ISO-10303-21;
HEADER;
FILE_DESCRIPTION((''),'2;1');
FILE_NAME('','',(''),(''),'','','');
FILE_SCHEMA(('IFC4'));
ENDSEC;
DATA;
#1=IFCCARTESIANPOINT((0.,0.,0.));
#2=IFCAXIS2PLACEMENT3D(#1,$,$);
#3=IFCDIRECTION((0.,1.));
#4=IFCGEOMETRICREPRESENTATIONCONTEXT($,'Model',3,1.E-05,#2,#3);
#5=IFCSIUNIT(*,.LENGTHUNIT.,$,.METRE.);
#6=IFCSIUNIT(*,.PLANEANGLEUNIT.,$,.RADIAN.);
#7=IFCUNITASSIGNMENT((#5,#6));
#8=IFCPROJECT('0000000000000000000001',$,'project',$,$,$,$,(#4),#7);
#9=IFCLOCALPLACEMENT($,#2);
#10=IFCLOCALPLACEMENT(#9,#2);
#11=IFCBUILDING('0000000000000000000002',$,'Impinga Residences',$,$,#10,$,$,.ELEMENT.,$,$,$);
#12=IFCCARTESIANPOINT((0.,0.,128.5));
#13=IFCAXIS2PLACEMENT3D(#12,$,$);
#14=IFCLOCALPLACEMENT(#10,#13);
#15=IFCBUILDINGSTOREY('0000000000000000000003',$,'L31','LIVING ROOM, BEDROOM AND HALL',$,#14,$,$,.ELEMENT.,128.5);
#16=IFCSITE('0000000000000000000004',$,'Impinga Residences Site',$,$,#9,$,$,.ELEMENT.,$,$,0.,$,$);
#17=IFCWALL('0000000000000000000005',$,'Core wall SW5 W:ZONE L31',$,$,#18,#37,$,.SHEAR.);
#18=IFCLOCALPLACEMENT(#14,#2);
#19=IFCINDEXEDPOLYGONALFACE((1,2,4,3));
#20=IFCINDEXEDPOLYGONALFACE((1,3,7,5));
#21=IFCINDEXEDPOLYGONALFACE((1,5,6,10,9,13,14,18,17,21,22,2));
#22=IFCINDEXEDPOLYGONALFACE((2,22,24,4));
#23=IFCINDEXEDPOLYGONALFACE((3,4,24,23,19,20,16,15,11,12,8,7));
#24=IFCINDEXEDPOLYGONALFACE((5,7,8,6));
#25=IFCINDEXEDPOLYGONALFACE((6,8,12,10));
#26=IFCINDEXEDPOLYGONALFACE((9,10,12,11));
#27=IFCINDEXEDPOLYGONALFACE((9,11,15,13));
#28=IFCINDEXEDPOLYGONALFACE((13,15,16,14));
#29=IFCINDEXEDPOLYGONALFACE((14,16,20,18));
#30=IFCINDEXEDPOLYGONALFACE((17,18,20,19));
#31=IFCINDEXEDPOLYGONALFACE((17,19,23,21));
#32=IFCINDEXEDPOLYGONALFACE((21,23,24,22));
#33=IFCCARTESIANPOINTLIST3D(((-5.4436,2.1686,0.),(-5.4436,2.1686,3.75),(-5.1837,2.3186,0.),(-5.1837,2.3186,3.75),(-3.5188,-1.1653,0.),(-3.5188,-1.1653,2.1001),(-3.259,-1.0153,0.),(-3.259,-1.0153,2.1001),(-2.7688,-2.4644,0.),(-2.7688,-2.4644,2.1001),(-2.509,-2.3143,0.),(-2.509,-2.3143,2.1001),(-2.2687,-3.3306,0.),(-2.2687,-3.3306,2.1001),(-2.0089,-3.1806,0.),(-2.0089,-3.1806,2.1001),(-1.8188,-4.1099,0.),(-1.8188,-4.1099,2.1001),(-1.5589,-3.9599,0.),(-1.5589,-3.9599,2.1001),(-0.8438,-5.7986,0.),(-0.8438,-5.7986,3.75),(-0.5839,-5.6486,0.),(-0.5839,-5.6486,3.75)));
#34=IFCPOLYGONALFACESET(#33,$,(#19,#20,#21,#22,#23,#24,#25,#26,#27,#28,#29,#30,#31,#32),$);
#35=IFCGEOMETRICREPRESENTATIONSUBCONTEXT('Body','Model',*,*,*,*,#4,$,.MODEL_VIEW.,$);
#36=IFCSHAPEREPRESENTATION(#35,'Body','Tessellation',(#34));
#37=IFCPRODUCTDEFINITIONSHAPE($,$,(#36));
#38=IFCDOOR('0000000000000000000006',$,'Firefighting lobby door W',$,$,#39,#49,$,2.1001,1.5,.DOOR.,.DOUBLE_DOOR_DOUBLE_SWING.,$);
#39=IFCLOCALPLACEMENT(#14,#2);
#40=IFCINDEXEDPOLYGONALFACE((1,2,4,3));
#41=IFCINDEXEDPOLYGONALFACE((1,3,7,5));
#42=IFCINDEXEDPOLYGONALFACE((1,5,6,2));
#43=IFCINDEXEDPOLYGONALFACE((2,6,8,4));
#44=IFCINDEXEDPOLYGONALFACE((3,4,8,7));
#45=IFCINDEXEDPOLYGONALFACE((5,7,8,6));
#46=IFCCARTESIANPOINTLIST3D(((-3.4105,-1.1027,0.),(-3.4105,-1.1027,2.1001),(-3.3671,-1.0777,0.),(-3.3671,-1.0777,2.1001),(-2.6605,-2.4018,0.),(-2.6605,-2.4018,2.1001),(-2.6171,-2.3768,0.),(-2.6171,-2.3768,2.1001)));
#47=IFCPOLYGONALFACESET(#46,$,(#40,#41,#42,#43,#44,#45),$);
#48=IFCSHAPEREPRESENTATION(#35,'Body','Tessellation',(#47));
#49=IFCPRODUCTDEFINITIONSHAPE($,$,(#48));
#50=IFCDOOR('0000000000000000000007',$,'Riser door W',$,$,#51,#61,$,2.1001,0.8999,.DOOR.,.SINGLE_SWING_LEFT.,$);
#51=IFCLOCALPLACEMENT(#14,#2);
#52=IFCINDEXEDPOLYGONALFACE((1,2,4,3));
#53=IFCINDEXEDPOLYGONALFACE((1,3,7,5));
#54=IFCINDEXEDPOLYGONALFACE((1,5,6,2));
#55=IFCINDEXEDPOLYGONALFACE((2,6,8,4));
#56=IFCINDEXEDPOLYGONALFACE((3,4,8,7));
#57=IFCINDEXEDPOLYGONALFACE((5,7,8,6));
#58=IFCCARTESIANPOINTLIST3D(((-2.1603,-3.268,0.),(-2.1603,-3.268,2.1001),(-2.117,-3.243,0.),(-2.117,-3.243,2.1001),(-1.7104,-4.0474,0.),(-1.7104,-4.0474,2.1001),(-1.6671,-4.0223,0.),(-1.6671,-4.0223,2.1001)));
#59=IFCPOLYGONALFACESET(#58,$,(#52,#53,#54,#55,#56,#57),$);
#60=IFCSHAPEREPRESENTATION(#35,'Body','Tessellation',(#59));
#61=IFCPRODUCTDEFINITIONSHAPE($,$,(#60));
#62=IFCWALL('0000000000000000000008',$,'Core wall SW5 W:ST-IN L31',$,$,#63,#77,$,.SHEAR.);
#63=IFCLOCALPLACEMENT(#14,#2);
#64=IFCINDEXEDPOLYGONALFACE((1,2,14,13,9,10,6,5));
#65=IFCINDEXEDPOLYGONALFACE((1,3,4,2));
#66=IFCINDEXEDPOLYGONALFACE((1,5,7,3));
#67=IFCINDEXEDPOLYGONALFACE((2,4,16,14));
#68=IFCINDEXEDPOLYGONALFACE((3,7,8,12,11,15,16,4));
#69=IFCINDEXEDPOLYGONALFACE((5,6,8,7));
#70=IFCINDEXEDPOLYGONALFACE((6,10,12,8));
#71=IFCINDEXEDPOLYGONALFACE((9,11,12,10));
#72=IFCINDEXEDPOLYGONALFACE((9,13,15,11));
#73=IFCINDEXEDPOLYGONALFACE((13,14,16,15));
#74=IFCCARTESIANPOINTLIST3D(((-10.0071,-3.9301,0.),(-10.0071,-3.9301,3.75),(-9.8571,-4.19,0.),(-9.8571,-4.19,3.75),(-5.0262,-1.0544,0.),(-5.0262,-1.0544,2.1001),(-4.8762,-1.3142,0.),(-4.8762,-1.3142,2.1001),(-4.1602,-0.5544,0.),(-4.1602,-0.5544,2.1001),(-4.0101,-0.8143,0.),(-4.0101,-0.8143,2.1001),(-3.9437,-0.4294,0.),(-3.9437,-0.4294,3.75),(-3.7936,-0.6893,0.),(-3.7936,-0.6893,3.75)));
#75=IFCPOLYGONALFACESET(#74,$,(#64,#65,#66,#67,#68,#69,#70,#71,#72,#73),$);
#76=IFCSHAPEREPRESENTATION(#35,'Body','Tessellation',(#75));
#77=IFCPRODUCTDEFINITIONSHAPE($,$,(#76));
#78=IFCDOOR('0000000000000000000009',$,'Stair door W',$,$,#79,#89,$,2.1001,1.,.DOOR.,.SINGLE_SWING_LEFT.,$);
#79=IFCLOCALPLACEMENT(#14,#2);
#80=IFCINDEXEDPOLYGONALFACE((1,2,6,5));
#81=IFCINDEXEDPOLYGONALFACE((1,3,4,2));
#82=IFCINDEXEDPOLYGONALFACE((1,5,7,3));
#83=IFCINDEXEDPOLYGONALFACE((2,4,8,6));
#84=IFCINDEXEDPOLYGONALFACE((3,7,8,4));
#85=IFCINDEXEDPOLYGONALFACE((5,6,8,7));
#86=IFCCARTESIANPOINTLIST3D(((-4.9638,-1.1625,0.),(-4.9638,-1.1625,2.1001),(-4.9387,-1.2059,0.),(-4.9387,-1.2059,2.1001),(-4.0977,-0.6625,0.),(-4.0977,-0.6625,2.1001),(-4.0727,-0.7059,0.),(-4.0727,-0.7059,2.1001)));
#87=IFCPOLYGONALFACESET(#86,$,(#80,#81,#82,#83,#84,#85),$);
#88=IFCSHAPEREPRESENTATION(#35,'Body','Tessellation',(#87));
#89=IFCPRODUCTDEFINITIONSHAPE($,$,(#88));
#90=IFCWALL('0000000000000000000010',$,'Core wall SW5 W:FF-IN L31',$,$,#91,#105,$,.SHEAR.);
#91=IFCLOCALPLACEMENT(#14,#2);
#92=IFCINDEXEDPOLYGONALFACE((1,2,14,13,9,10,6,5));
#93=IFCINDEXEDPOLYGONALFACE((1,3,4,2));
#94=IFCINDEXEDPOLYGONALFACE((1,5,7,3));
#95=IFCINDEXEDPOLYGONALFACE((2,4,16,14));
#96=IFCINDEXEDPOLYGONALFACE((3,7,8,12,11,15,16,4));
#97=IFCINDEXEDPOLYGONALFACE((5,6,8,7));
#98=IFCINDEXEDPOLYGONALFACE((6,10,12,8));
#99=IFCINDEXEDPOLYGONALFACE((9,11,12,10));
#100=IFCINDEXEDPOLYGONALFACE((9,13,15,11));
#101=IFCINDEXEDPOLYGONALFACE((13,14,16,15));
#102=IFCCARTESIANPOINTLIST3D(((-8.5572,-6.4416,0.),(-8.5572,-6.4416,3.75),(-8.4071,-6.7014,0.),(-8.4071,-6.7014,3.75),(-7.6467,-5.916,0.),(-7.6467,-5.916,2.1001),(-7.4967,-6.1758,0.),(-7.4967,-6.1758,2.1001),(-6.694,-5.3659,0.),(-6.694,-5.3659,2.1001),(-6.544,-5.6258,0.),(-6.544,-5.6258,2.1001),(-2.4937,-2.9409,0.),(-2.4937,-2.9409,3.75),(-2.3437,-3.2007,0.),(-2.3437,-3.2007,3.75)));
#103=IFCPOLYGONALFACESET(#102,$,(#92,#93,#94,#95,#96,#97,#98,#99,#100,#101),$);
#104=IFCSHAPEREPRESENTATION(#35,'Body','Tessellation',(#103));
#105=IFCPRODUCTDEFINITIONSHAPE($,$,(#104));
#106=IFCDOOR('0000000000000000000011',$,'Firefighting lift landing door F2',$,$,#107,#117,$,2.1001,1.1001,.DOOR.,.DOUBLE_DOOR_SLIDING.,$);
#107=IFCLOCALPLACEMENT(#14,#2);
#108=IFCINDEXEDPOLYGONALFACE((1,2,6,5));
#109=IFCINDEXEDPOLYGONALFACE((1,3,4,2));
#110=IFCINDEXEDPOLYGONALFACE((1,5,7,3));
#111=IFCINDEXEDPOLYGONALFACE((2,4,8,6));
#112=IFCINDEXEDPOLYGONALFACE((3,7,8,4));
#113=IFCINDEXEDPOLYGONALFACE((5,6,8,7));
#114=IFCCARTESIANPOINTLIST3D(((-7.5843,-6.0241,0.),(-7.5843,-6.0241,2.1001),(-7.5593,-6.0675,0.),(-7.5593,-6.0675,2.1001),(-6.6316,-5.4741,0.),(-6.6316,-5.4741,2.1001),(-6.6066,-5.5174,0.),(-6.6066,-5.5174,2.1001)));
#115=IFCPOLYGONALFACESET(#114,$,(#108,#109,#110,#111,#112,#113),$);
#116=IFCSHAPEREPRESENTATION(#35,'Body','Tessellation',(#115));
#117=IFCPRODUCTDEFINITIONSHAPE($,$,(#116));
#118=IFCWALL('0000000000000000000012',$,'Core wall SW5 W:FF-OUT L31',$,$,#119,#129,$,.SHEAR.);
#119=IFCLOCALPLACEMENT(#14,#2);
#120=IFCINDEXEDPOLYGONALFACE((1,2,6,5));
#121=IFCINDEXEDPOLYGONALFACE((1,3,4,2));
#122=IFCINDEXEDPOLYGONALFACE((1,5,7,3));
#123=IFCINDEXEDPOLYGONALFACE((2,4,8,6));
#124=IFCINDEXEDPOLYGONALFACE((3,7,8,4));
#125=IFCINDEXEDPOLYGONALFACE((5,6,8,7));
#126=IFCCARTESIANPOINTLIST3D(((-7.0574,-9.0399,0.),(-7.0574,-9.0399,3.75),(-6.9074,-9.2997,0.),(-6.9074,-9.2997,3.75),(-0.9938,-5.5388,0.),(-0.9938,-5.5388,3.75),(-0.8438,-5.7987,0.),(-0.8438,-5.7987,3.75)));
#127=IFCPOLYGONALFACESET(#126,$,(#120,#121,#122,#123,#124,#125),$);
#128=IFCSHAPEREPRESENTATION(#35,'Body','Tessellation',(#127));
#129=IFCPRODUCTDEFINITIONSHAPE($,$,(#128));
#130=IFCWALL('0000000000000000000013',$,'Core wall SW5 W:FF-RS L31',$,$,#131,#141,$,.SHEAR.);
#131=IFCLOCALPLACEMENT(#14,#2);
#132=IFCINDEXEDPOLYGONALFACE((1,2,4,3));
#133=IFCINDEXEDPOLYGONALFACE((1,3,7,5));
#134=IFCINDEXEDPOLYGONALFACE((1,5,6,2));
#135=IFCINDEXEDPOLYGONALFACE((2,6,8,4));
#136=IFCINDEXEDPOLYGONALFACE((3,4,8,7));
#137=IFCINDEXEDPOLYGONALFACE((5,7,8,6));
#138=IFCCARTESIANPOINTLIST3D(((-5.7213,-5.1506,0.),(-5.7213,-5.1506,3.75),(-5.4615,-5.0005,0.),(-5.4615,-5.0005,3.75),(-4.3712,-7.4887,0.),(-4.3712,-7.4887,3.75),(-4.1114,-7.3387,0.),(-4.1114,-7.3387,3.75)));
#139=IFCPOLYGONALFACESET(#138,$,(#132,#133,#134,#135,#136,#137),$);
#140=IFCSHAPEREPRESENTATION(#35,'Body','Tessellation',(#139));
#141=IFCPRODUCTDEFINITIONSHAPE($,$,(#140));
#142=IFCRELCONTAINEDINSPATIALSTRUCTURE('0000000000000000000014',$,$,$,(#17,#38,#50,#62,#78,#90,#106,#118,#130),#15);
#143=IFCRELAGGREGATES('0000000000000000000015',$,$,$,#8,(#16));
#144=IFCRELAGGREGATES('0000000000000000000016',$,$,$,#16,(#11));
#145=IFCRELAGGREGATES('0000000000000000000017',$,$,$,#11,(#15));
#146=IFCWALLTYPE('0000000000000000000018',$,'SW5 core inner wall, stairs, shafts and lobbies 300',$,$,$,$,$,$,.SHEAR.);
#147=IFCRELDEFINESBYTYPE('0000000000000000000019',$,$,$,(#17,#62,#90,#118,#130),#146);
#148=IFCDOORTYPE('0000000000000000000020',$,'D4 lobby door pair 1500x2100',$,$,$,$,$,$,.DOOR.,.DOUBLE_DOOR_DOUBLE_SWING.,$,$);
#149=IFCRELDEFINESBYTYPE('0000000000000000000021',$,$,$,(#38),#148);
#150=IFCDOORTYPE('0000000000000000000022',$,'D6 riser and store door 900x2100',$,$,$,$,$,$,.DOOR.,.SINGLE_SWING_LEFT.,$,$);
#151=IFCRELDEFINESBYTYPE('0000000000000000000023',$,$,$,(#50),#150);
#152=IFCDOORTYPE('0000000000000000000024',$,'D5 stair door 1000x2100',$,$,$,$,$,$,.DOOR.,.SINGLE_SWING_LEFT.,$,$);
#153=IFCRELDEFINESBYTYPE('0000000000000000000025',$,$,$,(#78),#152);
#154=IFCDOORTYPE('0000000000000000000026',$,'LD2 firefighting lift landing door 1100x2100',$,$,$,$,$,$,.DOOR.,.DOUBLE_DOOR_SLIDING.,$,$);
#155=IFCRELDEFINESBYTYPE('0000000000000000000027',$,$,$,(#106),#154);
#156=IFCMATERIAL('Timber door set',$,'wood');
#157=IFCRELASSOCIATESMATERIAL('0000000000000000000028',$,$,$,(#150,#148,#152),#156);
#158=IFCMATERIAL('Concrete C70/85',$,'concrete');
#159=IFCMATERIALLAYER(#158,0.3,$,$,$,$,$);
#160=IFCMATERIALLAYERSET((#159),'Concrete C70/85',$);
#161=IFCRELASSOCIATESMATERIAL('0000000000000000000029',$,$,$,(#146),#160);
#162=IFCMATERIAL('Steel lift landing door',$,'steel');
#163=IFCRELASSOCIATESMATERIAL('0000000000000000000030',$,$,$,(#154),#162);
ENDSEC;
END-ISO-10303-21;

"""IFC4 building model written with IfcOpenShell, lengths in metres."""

from ifc_helpers import new_model, si_unit, direction, frame, frame_2d, origin, place, context, subcontext, project, spatial, rectangle, extrude, material, layer, layer_set, type_object, element, fill, save


model = new_model("IFC4")

# Units and contexts
model_context = context("Model", 3, precision=1e-05, world=origin(), true_north=direction((0.0, 1.0)))
body_context = subcontext(model_context, "Body", "Model", "MODEL_VIEW")
ifc_project = project(units=[si_unit("LENGTHUNIT", "METRE"), si_unit("PLANEANGLEUNIT", "RADIAN")], contexts=[model_context])

# Site, building, storey
site_placement = place(None, origin())
site = spatial("IfcSite", under=ifc_project, at=site_placement, Name="Impinga Residences Site", CompositionType="ELEMENT", RefElevation=0.0)
building_placement = place(site_placement, origin())
building = spatial("IfcBuilding", under=site, at=building_placement, Name="Impinga Residences", CompositionType="ELEMENT")
storey_placement = place(building_placement, frame((0.0, 0.0, 128.5)))
storey = spatial("IfcBuildingStorey", under=building, at=storey_placement, Name="L31", Description="LIVING ROOM, BEDROOM AND HALL", CompositionType="ELEMENT", Elevation=128.5)

# Shared definitions
ifc_material_1 = material(Name="Timber door set", Category="wood")

# Shared definitions
door_type_1 = type_object("IfcDoorType", Name="D6 riser and store door 900x2100", OperationType="SINGLE_SWING_LEFT", PredefinedType="DOOR", material=ifc_material_1)

# Wall, openings, doors
ifc_material_2 = material(Name="Concrete C70/85", Category="concrete")
ifc_layer_1 = layer(ifc_material_2, 0.3)
ifc_layer_set_1 = layer_set([ifc_layer_1], Name="Concrete C70/85")
wall_type_1 = type_object("IfcWallType", Name="SW5 core inner wall, stairs, shafts and lobbies 300", PredefinedType="SHEAR", material=ifc_layer_set_1)
wall_1_placement = place(storey_placement, frame((-0.7139, -5.7236, 0.0), z_axis=(0.0, 0.0, 1.0), x_axis=(-0.499995, 0.866028, 0.0)))
wall_1 = element("IfcWall", 1, at=wall_1_placement, inside=storey, type_object=wall_type_1, Name="Core wall SW5 W:ZONE L31", PredefinedType="SHEAR", context=body_context, shape_type="SweptSolid", body=[
    extrude(rectangle(XDim=9.1997, YDim=0.3, at=frame_2d((4.5999, 0.0))), origin(), (0.0, 0.0, 1.0), 3.75),
])
opening_1_placement = place(wall_1_placement, frame((3.8501, 0.0, 0.0)))
opening_1 = element("IfcOpeningElement", 2, at=opening_1_placement, cuts=wall_1, PredefinedType="OPENING", context=body_context, shape_type="SweptSolid", body=[
    extrude(rectangle(XDim=1.5, YDim=2.1001, at=frame_2d((0.75, 1.05))), frame((0.0, 0.1599, 0.0), z_axis=(0.0, -1.0, 0.0), x_axis=(1.0, 0.0, 0.0)), (0.0, 0.0, 1.0), 0.3201),
])
opening_2_placement = place(wall_1_placement, frame((1.95, 0.0, 0.0)))
opening_2 = element("IfcOpeningElement", 3, at=opening_2_placement, cuts=wall_1, PredefinedType="OPENING", context=body_context, shape_type="SweptSolid", body=[
    extrude(rectangle(XDim=0.8999, YDim=2.1001, at=frame_2d((0.45, 1.05))), frame((0.0, 0.1599, 0.0), z_axis=(0.0, -1.0, 0.0), x_axis=(1.0, 0.0, 0.0)), (0.0, 0.0, 1.0), 0.3201),
])
door_type_2 = type_object("IfcDoorType", Name="D4 lobby door pair 1500x2100", OperationType="DOUBLE_DOOR_DOUBLE_SWING", PredefinedType="DOOR", material=ifc_material_1)
door_1_placement = place(opening_1_placement, origin())
door_1 = element("IfcDoor", 4, at=door_1_placement, inside=storey, type_object=door_type_2, Name="Firefighting lobby door W", OperationType="DOUBLE_DOOR_DOUBLE_SWING", OverallHeight=2.1001, OverallWidth=1.5, PredefinedType="DOOR", context=body_context, shape_type="SweptSolid", body=[
    extrude(rectangle(XDim=1.5, YDim=2.1001, at=frame_2d((0.75, 1.05))), frame((0.0, 0.0249, 0.0), z_axis=(0.0, -1.0, 0.0), x_axis=(1.0, 0.0, 0.0)), (0.0, 0.0, 1.0), 0.05),
])
fill(opening_1, door_1)
door_2_placement = place(opening_2_placement, origin())
door_2 = element("IfcDoor", 5, at=door_2_placement, inside=storey, type_object=door_type_1, Name="Riser door W", OperationType="SINGLE_SWING_LEFT", OverallHeight=2.1001, OverallWidth=0.8999, PredefinedType="DOOR", context=body_context, shape_type="SweptSolid", body=[
    extrude(rectangle(XDim=0.8999, YDim=2.1001, at=frame_2d((0.45, 1.05))), frame((0.0, 0.0249, 0.0), z_axis=(0.0, -1.0, 0.0), x_axis=(1.0, 0.0, 0.0)), (0.0, 0.0, 1.0), 0.05),
])
fill(opening_2, door_2)

# Walls, openings, doors
wall_2_placement = place(storey_placement, frame((-3.8687, -0.5593, 0.0), z_axis=(0.0, 0.0, 1.0), x_axis=(-0.866026, -0.499998, 0.0)))
wall_2 = element("IfcWall", 6, at=wall_2_placement, inside=storey, type_object=wall_type_1, Name="Core wall SW5 W:ST-IN L31", PredefinedType="SHEAR", context=body_context, shape_type="SweptSolid", body=[
    extrude(rectangle(XDim=7.0015, YDim=0.3, at=frame_2d((3.5007, 0.0))), origin(), (0.0, 0.0, 1.0), 3.75),
])
opening_3_placement = place(wall_2_placement, frame((0.25, 0.0, 0.0)))
opening_3 = element("IfcOpeningElement", 7, at=opening_3_placement, cuts=wall_2, PredefinedType="OPENING", context=body_context, shape_type="SweptSolid", body=[
    extrude(rectangle(XDim=1.0, YDim=2.1001, at=frame_2d((0.5, 1.05))), frame((0.0, 0.1599, 0.0), z_axis=(0.0, -1.0, 0.0), x_axis=(1.0, 0.0, 0.0)), (0.0, 0.0, 1.0), 0.3201),
])
door_type_3 = type_object("IfcDoorType", Name="D5 stair door 1000x2100", OperationType="SINGLE_SWING_LEFT", PredefinedType="DOOR", material=ifc_material_1)
door_3_placement = place(opening_3_placement, origin())
door_3 = element("IfcDoor", 8, at=door_3_placement, inside=storey, type_object=door_type_3, Name="Stair door W", OperationType="SINGLE_SWING_LEFT", OverallHeight=2.1001, OverallWidth=1.0, PredefinedType="DOOR", context=body_context, shape_type="SweptSolid", body=[
    extrude(rectangle(XDim=1.0, YDim=2.1001, at=frame_2d((0.5, 1.05))), frame((0.0, 0.0249, 0.0), z_axis=(0.0, -1.0, 0.0), x_axis=(1.0, 0.0, 0.0)), (0.0, 0.0, 1.0), 0.05),
])
fill(opening_3, door_3)
wall_3_placement = place(storey_placement, frame((-2.4187, -3.0708, 0.0), z_axis=(0.0, 0.0, 1.0), x_axis=(-0.866026, -0.499998, 0.0)))
wall_3 = element("IfcWall", 9, at=wall_3_placement, inside=storey, type_object=wall_type_1, Name="Core wall SW5 W:FF-IN L31", PredefinedType="SHEAR", context=body_context, shape_type="SweptSolid", body=[
    extrude(rectangle(XDim=7.0015, YDim=0.3, at=frame_2d((3.5007, 0.0))), origin(), (0.0, 0.0, 1.0), 3.75),
])
opening_4_placement = place(wall_3_placement, frame((4.8501, 0.0, 0.0)))
opening_4 = element("IfcOpeningElement", 10, at=opening_4_placement, cuts=wall_3, PredefinedType="OPENING", context=body_context, shape_type="SweptSolid", body=[
    extrude(rectangle(XDim=1.1001, YDim=2.1001, at=frame_2d((0.55, 1.05))), frame((0.0, 0.1599, 0.0), z_axis=(0.0, -1.0, 0.0), x_axis=(1.0, 0.0, 0.0)), (0.0, 0.0, 1.0), 0.3201),
])
ifc_material_3 = material(Name="Steel lift landing door", Category="steel")
door_type_4 = type_object("IfcDoorType", Name="LD2 firefighting lift landing door 1100x2100", OperationType="DOUBLE_DOOR_SLIDING", PredefinedType="DOOR", material=ifc_material_3)
door_4_placement = place(opening_4_placement, origin())
door_4 = element("IfcDoor", 11, at=door_4_placement, inside=storey, type_object=door_type_4, Name="Firefighting lift landing door F2", OperationType="DOUBLE_DOOR_SLIDING", OverallHeight=2.1001, OverallWidth=1.1001, PredefinedType="DOOR", context=body_context, shape_type="SweptSolid", body=[
    extrude(rectangle(XDim=1.1001, YDim=2.1001, at=frame_2d((0.55, 1.05))), frame((0.0, 0.0249, 0.0), z_axis=(0.0, -1.0, 0.0), x_axis=(1.0, 0.0, 0.0)), (0.0, 0.0, 1.0), 0.05),
])
fill(opening_4, door_4)

# Walls
wall_4_placement = place(storey_placement, frame((-0.9187, -5.6687, 0.0), z_axis=(0.0, 0.0, 1.0), x_axis=(-0.866011, -0.500024, 0.0)))
element("IfcWall", 12, at=wall_4_placement, inside=storey, type_object=wall_type_1, Name="Core wall SW5 W:FF-OUT L31", PredefinedType="SHEAR", context=body_context, shape_type="SweptSolid", body=[
    extrude(rectangle(XDim=7.0017, YDim=0.3, at=frame_2d((3.501, 0.0))), origin(), (0.0, 0.0, 1.0), 3.75),
])
wall_5_placement = place(storey_placement, frame((-4.2412, -7.4138, 0.0), z_axis=(0.0, 0.0, 1.0), x_axis=(-0.500049, 0.865997, 0.0)))
element("IfcWall", 13, at=wall_5_placement, inside=storey, type_object=wall_type_1, Name="Core wall SW5 W:FF-RS L31", PredefinedType="SHEAR", context=body_context, shape_type="SweptSolid", body=[
    extrude(rectangle(XDim=2.7, YDim=0.3, at=frame_2d((1.3501, 0.0))), origin(), (0.0, 0.0, 1.0), 3.75),
])

save(model, "model.ifc")
